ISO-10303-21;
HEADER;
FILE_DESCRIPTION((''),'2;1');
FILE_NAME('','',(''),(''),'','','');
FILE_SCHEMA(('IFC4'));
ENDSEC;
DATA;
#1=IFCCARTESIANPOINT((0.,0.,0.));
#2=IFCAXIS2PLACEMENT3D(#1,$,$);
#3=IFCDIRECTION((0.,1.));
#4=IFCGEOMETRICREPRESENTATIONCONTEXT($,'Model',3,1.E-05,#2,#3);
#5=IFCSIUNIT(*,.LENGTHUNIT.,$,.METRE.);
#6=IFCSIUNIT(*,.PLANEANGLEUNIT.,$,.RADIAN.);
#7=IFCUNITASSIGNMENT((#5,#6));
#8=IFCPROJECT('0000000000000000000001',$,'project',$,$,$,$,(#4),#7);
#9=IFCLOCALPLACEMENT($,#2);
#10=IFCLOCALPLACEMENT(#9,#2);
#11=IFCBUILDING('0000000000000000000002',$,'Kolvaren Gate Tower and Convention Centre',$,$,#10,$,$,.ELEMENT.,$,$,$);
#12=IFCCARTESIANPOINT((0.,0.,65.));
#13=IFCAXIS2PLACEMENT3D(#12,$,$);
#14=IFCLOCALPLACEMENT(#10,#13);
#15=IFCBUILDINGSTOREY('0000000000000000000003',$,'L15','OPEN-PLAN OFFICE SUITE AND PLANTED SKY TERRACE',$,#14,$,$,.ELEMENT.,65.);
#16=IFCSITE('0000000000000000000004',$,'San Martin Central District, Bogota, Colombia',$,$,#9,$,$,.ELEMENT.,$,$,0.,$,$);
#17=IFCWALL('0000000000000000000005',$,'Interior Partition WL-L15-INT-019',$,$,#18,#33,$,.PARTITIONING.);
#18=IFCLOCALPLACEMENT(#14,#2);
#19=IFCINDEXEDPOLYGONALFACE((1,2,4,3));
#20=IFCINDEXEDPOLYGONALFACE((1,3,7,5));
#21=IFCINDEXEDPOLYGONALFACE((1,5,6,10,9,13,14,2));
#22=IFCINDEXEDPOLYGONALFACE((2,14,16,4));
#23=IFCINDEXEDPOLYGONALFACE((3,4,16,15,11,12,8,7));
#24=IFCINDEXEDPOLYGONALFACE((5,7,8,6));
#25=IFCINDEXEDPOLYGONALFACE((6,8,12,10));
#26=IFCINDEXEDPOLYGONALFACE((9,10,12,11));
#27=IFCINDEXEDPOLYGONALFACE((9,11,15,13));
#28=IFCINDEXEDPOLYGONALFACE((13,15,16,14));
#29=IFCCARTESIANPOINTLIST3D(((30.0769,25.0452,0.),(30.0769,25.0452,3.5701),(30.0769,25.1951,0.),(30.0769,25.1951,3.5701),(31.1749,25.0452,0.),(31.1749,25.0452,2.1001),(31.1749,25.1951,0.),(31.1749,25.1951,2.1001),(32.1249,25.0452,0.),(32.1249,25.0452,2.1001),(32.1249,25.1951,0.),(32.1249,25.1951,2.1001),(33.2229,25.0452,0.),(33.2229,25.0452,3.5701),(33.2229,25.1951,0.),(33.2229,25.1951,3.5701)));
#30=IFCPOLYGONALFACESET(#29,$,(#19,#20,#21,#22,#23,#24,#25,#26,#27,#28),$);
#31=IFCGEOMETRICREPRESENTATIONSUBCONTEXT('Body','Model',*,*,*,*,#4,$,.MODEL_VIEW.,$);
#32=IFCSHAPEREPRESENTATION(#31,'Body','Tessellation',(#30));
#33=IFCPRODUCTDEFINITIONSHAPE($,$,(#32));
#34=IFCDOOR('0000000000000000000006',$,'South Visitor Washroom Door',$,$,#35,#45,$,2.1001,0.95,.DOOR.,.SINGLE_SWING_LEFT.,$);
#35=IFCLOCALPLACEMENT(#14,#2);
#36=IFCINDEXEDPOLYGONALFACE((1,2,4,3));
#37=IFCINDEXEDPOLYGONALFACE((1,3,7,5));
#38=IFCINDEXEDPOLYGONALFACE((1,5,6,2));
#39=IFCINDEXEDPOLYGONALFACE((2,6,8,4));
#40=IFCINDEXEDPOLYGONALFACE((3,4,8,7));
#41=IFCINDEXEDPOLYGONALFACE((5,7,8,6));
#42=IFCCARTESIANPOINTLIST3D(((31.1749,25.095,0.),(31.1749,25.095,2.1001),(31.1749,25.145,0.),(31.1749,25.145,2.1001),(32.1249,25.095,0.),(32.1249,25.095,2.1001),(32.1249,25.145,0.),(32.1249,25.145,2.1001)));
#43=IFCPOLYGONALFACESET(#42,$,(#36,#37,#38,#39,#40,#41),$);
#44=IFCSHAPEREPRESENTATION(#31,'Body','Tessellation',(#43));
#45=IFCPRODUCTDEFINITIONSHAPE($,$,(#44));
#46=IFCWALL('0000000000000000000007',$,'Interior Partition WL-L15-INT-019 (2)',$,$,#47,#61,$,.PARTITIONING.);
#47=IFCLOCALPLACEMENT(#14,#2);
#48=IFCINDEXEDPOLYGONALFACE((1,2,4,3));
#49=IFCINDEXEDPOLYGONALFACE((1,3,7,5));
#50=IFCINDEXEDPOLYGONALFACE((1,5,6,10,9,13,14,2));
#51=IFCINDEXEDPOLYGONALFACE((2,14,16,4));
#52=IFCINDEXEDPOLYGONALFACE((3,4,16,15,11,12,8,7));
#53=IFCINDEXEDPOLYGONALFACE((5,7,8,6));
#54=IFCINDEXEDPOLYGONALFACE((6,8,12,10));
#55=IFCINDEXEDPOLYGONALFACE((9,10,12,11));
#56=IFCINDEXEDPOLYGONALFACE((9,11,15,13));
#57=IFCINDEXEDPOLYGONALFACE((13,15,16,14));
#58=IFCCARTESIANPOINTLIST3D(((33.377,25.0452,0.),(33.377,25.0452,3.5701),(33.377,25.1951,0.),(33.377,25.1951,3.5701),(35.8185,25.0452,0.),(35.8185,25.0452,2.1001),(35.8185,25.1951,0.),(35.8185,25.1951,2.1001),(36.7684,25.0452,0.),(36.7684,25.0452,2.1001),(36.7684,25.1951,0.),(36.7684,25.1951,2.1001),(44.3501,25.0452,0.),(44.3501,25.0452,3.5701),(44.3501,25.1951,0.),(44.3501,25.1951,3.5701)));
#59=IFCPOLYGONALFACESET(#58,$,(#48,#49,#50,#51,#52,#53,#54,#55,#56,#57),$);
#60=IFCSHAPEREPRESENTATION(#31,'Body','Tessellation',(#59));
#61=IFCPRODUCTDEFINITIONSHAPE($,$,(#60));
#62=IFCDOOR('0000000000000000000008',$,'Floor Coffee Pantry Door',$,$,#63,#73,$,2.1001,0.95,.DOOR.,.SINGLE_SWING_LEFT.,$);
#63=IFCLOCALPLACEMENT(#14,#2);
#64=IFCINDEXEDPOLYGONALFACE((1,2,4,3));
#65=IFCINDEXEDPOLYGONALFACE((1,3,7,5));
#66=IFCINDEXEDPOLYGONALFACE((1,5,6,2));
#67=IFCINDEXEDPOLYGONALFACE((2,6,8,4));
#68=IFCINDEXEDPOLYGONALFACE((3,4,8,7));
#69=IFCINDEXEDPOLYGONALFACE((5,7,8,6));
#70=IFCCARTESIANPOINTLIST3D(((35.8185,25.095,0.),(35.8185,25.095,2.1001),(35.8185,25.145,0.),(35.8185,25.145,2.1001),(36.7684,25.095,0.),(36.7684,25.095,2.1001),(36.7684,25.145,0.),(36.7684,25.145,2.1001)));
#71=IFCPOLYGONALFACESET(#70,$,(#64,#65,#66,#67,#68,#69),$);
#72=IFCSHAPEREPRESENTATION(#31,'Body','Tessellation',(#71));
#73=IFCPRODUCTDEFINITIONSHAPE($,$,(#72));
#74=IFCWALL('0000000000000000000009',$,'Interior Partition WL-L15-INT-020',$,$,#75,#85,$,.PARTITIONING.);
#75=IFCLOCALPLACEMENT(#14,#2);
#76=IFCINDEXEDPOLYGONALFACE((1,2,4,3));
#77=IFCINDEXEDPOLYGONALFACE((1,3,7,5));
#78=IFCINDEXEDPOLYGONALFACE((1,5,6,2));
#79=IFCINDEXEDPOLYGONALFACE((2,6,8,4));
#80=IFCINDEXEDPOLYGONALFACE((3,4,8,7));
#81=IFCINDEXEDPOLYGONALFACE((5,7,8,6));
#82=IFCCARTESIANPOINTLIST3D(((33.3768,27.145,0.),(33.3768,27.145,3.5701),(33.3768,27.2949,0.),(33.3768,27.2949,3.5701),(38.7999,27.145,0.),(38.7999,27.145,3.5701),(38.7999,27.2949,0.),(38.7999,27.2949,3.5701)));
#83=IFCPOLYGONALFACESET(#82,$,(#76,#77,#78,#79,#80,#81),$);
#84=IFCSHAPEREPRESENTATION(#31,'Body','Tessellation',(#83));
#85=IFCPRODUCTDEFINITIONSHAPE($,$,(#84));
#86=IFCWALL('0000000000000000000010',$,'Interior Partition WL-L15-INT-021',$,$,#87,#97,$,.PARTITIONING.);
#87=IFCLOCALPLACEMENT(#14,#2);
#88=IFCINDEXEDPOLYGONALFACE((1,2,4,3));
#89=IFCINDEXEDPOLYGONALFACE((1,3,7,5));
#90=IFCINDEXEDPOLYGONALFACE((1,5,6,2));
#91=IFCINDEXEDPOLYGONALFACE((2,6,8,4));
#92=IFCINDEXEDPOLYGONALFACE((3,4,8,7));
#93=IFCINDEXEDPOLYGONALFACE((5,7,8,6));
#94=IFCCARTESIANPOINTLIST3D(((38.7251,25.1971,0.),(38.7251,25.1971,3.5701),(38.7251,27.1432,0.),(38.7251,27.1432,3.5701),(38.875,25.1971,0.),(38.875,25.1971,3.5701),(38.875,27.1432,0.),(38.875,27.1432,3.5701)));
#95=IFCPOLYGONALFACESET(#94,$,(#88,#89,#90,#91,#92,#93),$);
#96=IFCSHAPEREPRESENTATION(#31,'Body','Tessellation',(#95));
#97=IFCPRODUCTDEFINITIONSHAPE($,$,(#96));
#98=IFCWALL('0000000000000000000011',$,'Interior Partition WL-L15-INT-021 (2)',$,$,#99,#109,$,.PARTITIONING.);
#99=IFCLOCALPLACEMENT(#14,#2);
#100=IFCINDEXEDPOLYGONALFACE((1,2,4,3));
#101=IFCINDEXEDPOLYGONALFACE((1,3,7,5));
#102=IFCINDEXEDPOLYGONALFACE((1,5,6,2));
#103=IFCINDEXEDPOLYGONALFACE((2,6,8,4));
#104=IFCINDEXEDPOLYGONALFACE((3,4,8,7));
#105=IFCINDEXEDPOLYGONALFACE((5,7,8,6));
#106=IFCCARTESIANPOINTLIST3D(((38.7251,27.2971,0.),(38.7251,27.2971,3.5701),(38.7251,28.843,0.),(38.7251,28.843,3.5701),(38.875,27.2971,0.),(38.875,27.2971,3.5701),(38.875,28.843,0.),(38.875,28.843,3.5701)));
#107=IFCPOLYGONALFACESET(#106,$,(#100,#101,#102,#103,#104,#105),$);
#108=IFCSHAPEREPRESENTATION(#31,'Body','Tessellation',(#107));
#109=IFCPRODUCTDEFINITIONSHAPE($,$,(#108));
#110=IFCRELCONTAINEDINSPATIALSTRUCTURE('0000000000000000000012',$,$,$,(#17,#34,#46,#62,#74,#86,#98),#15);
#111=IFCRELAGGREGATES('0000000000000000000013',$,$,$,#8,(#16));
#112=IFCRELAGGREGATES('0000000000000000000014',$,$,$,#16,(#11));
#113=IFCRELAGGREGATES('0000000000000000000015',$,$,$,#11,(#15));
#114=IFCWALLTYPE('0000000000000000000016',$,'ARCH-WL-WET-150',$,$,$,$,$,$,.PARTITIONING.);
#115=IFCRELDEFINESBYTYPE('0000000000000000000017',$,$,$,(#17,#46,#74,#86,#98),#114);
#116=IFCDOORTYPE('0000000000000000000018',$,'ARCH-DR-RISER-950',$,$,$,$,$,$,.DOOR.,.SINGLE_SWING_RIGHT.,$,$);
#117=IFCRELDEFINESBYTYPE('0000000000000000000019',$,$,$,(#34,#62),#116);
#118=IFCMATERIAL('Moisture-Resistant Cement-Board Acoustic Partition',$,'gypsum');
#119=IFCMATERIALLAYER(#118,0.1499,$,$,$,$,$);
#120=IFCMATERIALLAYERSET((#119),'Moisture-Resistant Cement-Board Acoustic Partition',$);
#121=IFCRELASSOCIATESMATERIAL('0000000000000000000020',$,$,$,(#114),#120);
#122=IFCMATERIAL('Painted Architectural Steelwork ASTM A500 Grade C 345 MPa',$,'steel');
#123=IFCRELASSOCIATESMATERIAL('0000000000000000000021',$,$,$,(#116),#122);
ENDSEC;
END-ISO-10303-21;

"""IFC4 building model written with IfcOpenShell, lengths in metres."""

from ifc_helpers import new_model, si_unit, direction, frame, frame_2d, origin, place, context, subcontext, project, spatial, rectangle, extrude, material, layer, layer_set, type_object, element, fill, save


model = new_model("IFC4")

# Units and contexts
model_context = context("Model", 3, precision=1e-05, world=origin(), true_north=direction((0.0, 1.0)))
body_context = subcontext(model_context, "Body", "Model", "MODEL_VIEW")
ifc_project = project(units=[si_unit("LENGTHUNIT", "METRE"), si_unit("PLANEANGLEUNIT", "RADIAN")], contexts=[model_context])

# Site, building, storey
site_placement = place(None, origin())
site = spatial("IfcSite", under=ifc_project, at=site_placement, Name="San Martin Central District, Bogota, Colombia", CompositionType="ELEMENT", RefElevation=0.0)
building_placement = place(site_placement, origin())
building = spatial("IfcBuilding", under=site, at=building_placement, Name="Kolvaren Gate Tower and Convention Centre", CompositionType="ELEMENT")
storey_placement = place(building_placement, frame((0.0, 0.0, 65.0)))
storey = spatial("IfcBuildingStorey", under=building, at=storey_placement, Name="L15", Description="OPEN-PLAN OFFICE SUITE AND PLANTED SKY TERRACE", CompositionType="ELEMENT", Elevation=65.0)

# Shared definitions
ifc_material_1 = material(Name="Moisture-Resistant Cement-Board Acoustic Partition", Category="gypsum")
ifc_layer_1 = layer(ifc_material_1, 0.1499)
ifc_layer_set_1 = layer_set([ifc_layer_1], Name="Moisture-Resistant Cement-Board Acoustic Partition")
wall_type_1 = type_object("IfcWallType", Name="ARCH-WL-WET-150", PredefinedType="PARTITIONING", material=ifc_layer_set_1)

# Shared definitions
ifc_material_2 = material(Name="Painted Architectural Steelwork ASTM A500 Grade C 345 MPa", Category="steel")
door_type_1 = type_object("IfcDoorType", Name="ARCH-DR-RISER-950", OperationType="SINGLE_SWING_RIGHT", PredefinedType="DOOR", material=ifc_material_2)

# Walls, openings, doors
wall_1_placement = place(storey_placement, frame((30.0769, 25.1201, 0.0), z_axis=(0.0, 0.0, 1.0), x_axis=(1.0, 0.0, 0.0)))
wall_1 = element("IfcWall", 1, at=wall_1_placement, inside=storey, type_object=wall_type_1, Name="Interior Partition WL-L15-INT-019", PredefinedType="PARTITIONING", context=body_context, shape_type="SweptSolid", body=[
    extrude(rectangle(XDim=3.146, YDim=0.1499, at=frame_2d((1.573, 0.0))), origin(), (0.0, 0.0, 1.0), 3.5701),
])
opening_1_placement = place(wall_1_placement, frame((1.0979, 0.0, 0.0)))
opening_1 = element("IfcOpeningElement", 2, at=opening_1_placement, cuts=wall_1, PredefinedType="OPENING", context=body_context, shape_type="SweptSolid", body=[
    extrude(rectangle(XDim=0.95, YDim=2.1001, at=frame_2d((0.4751, 1.05))), frame((0.0, 0.085, 0.0), z_axis=(0.0, -1.0, 0.0), x_axis=(1.0, 0.0, 0.0)), (0.0, 0.0, 1.0), 0.1699),
])
door_1_placement = place(opening_1_placement, origin())
door_1 = element("IfcDoor", 3, at=door_1_placement, inside=storey, type_object=door_type_1, Name="South Visitor Washroom Door", OperationType="SINGLE_SWING_LEFT", OverallHeight=2.1001, OverallWidth=0.95, PredefinedType="DOOR", context=body_context, shape_type="SweptSolid", body=[
    extrude(rectangle(XDim=0.95, YDim=2.1001, at=frame_2d((0.4751, 1.05))), frame((0.0, 0.0249, 0.0), z_axis=(0.0, -1.0, 0.0), x_axis=(1.0, 0.0, 0.0)), (0.0, 0.0, 1.0), 0.05),
])
fill(opening_1, door_1)
wall_2_placement = place(storey_placement, frame((33.377, 25.1201, 0.0), z_axis=(0.0, 0.0, 1.0), x_axis=(1.0, 0.0, 0.0)))
wall_2 = element("IfcWall", 4, at=wall_2_placement, inside=storey, type_object=wall_type_1, Name="Interior Partition WL-L15-INT-019 (2)", PredefinedType="PARTITIONING", context=body_context, shape_type="SweptSolid", body=[
    extrude(rectangle(XDim=10.9731, YDim=0.1499, at=frame_2d((5.4866, 0.0))), origin(), (0.0, 0.0, 1.0), 3.5701),
])
opening_2_placement = place(wall_2_placement, frame((2.4414, 0.0, 0.0)))
opening_2 = element("IfcOpeningElement", 5, at=opening_2_placement, cuts=wall_2, PredefinedType="OPENING", context=body_context, shape_type="SweptSolid", body=[
    extrude(rectangle(XDim=0.95, YDim=2.1001, at=frame_2d((0.4751, 1.05))), frame((0.0, 0.085, 0.0), z_axis=(0.0, -1.0, 0.0), x_axis=(1.0, 0.0, 0.0)), (0.0, 0.0, 1.0), 0.1699),
])
door_2_placement = place(opening_2_placement, origin())
door_2 = element("IfcDoor", 6, at=door_2_placement, inside=storey, type_object=door_type_1, Name="Floor Coffee Pantry Door", OperationType="SINGLE_SWING_LEFT", OverallHeight=2.1001, OverallWidth=0.95, PredefinedType="DOOR", context=body_context, shape_type="SweptSolid", body=[
    extrude(rectangle(XDim=0.95, YDim=2.1001, at=frame_2d((0.4751, 1.05))), frame((0.0, 0.0249, 0.0), z_axis=(0.0, -1.0, 0.0), x_axis=(1.0, 0.0, 0.0)), (0.0, 0.0, 1.0), 0.05),
])
fill(opening_2, door_2)

# Walls
wall_3_placement = place(storey_placement, frame((33.377, 27.22, 0.0), z_axis=(0.0, 0.0, 1.0), x_axis=(1.0, 0.0, 0.0)))
element("IfcWall", 7, at=wall_3_placement, inside=storey, type_object=wall_type_1, Name="Interior Partition WL-L15-INT-020", PredefinedType="PARTITIONING", context=body_context, shape_type="SweptSolid", body=[
    extrude(rectangle(XDim=5.4231, YDim=0.1499, at=frame_2d((2.7114, 0.0))), origin(), (0.0, 0.0, 1.0), 3.5701),
])
wall_4_placement = place(storey_placement, frame((38.8, 25.197, 0.0), z_axis=(0.0, 0.0, 1.0), x_axis=(0.0, 1.0, 0.0)))
element("IfcWall", 8, at=wall_4_placement, inside=storey, type_object=wall_type_1, Name="Interior Partition WL-L15-INT-021", PredefinedType="PARTITIONING", context=body_context, shape_type="SweptSolid", body=[
    extrude(rectangle(XDim=1.946, YDim=0.1499, at=frame_2d((0.9731, 0.0))), origin(), (0.0, 0.0, 1.0), 3.5701),
])
wall_5_placement = place(storey_placement, frame((38.8, 27.2971, 0.0), z_axis=(0.0, 0.0, 1.0), x_axis=(0.0, 1.0, 0.0)))
element("IfcWall", 9, at=wall_5_placement, inside=storey, type_object=wall_type_1, Name="Interior Partition WL-L15-INT-021 (2)", PredefinedType="PARTITIONING", context=body_context, shape_type="SweptSolid", body=[
    extrude(rectangle(XDim=1.5459, YDim=0.1499, at=frame_2d((0.7729, 0.0))), origin(), (0.0, 0.0, 1.0), 3.5701),
])

save(model, "model.ifc")
